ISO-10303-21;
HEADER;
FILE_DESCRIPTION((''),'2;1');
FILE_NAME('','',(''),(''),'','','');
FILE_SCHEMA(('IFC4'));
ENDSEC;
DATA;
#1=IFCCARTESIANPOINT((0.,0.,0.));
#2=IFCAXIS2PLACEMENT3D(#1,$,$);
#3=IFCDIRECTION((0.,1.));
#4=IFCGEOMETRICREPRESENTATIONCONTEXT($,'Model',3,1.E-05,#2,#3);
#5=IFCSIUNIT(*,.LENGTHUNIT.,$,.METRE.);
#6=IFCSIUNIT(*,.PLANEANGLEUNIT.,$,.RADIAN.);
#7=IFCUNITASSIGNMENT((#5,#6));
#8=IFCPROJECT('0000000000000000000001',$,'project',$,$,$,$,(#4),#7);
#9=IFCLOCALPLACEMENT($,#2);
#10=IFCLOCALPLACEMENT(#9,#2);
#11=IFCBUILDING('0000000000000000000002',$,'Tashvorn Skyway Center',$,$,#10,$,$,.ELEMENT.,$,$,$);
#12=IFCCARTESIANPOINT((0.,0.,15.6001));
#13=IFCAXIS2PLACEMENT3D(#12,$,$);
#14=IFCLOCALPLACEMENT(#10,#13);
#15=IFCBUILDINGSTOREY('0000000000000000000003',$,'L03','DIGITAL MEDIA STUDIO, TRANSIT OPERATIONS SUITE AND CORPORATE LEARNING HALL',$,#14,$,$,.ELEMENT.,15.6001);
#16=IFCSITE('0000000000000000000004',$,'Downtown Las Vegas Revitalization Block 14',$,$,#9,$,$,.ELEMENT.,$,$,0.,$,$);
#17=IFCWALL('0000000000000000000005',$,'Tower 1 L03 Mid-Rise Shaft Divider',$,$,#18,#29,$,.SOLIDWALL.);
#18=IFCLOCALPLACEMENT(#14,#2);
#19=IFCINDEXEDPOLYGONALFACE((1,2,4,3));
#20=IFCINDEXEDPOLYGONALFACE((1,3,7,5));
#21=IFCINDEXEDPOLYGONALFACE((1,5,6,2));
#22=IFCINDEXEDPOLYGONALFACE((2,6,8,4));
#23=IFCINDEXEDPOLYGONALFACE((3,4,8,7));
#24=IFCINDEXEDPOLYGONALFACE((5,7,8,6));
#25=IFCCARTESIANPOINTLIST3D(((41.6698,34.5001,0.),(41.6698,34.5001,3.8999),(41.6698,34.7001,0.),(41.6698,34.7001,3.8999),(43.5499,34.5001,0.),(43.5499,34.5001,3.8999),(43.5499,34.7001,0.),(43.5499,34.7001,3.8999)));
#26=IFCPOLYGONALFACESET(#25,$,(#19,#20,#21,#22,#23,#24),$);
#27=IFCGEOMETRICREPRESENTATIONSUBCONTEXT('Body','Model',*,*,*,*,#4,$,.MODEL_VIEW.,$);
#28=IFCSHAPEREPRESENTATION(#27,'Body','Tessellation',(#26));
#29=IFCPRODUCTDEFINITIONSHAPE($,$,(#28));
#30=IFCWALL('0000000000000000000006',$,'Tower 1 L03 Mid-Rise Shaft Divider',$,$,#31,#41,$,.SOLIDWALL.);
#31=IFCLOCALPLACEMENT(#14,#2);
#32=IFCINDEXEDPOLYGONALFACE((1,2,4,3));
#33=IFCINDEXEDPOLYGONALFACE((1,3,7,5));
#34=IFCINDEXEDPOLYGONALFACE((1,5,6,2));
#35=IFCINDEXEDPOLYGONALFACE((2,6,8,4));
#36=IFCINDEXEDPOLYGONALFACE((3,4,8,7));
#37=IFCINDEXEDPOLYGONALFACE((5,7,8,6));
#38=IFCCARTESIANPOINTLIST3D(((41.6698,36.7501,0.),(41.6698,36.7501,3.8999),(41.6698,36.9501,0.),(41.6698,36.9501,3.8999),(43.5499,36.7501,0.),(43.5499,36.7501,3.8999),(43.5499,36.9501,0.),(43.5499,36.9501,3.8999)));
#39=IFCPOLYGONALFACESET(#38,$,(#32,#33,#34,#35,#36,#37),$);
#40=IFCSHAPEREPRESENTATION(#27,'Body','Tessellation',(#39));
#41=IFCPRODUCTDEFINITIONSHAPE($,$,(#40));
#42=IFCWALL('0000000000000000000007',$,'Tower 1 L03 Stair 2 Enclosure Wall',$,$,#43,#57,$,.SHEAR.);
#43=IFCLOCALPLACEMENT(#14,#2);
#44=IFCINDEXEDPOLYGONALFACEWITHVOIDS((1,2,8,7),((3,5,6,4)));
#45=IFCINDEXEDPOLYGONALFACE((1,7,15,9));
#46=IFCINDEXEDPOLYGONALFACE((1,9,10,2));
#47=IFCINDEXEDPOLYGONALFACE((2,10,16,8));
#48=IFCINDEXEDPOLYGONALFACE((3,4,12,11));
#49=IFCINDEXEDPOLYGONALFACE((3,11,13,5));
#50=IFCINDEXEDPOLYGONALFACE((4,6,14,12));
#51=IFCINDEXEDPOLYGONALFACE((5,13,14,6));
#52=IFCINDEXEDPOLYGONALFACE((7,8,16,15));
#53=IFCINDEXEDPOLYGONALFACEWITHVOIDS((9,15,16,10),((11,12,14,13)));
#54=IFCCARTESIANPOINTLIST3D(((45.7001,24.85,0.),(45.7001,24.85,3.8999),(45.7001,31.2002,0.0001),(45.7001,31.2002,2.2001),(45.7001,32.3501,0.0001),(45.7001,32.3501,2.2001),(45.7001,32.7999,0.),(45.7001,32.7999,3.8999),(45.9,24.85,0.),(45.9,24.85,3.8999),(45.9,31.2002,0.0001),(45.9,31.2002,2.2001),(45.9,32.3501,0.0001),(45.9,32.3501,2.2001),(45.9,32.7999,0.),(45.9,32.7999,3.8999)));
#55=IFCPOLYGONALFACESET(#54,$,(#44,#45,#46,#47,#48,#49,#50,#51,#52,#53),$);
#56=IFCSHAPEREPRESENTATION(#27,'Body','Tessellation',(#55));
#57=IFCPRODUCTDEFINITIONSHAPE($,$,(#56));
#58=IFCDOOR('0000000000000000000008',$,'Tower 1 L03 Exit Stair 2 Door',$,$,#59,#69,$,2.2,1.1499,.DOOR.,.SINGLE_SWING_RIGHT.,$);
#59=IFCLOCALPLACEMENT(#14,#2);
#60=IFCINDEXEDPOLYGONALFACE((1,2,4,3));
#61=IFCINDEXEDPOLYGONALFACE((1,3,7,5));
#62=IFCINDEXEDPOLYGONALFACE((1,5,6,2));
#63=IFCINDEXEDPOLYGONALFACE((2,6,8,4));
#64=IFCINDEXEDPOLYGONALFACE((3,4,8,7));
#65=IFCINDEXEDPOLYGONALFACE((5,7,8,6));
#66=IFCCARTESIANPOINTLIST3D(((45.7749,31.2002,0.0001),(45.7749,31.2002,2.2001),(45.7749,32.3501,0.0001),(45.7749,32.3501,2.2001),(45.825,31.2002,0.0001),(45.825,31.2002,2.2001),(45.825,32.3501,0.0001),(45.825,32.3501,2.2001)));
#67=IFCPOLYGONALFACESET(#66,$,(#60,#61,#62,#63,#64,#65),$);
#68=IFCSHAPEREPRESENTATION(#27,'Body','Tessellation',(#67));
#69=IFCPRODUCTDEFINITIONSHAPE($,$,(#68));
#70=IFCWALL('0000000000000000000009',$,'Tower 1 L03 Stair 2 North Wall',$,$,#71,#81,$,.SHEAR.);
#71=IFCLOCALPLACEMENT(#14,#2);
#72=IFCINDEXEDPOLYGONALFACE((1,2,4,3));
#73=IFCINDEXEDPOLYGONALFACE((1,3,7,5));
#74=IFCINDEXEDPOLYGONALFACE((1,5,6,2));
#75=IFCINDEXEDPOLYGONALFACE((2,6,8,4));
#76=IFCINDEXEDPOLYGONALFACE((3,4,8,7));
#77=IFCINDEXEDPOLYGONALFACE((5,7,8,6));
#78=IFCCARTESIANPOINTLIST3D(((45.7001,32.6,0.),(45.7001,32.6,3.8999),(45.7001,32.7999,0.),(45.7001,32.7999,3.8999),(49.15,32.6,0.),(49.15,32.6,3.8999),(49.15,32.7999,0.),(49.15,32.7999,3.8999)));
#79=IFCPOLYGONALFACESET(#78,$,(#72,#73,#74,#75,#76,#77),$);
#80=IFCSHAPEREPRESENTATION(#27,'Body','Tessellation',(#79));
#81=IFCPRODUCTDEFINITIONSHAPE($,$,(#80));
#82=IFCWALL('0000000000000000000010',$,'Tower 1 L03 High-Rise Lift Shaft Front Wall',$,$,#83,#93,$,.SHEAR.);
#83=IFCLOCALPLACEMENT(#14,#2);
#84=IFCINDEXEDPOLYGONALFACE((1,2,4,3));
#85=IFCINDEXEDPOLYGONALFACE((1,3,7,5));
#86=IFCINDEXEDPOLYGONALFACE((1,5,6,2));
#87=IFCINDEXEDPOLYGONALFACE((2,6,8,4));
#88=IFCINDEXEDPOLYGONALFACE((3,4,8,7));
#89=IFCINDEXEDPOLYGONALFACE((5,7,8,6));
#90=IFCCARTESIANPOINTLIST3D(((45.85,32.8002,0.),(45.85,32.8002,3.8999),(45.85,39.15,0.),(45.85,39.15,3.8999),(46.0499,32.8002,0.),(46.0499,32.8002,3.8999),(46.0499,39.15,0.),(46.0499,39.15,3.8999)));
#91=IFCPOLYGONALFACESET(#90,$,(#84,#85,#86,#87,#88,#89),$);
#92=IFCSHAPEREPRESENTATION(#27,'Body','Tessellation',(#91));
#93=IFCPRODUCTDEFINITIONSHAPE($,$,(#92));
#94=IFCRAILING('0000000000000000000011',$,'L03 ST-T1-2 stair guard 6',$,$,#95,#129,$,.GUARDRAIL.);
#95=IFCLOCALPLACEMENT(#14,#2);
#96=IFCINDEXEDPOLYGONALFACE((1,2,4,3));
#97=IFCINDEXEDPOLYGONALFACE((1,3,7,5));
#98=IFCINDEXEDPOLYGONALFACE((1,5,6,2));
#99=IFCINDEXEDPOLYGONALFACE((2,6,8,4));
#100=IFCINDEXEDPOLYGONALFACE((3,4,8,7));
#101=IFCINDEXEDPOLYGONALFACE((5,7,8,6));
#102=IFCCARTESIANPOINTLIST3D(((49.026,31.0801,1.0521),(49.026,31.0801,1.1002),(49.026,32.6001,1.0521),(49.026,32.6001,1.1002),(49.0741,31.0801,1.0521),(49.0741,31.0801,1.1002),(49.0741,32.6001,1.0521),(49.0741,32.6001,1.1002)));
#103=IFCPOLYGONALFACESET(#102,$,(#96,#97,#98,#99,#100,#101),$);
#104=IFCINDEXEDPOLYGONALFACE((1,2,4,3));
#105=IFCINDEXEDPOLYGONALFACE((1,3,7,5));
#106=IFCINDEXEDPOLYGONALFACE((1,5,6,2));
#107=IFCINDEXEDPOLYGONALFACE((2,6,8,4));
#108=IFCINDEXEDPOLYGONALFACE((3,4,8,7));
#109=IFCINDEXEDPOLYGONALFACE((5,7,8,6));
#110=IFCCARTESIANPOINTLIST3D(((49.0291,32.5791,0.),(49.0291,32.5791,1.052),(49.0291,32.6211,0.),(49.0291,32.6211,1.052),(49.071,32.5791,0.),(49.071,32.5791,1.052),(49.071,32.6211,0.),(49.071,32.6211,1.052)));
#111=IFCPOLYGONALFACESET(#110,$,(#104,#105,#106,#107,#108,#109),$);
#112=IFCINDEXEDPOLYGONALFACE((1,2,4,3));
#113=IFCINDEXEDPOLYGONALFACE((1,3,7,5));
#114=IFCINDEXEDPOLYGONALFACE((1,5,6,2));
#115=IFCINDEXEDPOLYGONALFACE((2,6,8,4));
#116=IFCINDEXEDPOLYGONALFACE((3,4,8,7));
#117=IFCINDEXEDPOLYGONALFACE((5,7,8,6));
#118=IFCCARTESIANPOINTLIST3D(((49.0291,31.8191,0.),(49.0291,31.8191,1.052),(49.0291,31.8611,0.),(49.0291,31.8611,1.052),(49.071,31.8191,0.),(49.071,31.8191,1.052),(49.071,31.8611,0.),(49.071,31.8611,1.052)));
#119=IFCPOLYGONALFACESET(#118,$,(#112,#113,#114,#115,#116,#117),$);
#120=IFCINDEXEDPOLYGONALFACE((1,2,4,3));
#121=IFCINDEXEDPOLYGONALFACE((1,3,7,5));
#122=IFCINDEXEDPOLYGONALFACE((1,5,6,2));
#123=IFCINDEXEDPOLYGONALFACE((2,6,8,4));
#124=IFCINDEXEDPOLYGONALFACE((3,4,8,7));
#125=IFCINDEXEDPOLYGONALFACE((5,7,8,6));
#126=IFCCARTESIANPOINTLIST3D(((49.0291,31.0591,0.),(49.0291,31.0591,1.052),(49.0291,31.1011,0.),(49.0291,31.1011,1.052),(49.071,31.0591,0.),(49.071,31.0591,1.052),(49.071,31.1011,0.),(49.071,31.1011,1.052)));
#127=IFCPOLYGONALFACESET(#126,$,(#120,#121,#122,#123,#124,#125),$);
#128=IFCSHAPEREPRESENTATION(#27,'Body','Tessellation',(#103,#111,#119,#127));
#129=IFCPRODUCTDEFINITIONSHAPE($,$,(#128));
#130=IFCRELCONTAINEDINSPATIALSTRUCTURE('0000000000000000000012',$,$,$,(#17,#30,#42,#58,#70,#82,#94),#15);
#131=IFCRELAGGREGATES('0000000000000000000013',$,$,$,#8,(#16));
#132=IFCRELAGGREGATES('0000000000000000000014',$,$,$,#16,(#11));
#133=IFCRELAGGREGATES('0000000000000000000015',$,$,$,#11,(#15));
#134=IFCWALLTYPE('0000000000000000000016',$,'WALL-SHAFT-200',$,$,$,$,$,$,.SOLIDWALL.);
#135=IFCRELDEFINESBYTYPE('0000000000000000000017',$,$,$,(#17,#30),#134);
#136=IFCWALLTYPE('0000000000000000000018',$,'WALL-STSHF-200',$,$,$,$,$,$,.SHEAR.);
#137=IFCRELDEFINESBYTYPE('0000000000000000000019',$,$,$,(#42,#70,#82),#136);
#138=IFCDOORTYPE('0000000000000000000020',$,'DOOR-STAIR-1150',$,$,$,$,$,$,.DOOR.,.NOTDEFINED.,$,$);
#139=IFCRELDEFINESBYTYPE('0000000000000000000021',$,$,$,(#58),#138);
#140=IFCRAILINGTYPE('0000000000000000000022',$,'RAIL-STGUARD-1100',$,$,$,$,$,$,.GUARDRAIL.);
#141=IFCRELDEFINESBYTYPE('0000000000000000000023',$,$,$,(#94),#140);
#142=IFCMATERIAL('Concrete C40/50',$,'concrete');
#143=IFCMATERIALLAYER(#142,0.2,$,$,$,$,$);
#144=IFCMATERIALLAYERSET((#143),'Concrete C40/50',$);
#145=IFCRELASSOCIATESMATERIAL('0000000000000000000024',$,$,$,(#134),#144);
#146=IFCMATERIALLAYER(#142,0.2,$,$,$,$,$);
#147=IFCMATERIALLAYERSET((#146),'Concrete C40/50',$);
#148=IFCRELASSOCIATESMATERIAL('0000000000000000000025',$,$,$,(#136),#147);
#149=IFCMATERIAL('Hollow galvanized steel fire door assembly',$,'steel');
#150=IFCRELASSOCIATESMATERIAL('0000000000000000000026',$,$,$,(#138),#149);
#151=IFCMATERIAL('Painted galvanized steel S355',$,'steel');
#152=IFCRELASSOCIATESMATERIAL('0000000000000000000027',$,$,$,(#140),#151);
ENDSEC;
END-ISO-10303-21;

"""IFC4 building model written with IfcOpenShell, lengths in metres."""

from ifc_helpers import new_model, si_unit, direction, frame, frame_2d, origin, origin_2d, place, context, subcontext, project, spatial, rectangle, extrude, material, layer, layer_set, type_object, element, fill, save


model = new_model("IFC4")

# Units and contexts
model_context = context("Model", 3, precision=1e-05, world=origin(), true_north=direction((0.0, 1.0)))
body_context = subcontext(model_context, "Body", "Model", "MODEL_VIEW")
ifc_project = project(units=[si_unit("LENGTHUNIT", "METRE"), si_unit("PLANEANGLEUNIT", "RADIAN")], contexts=[model_context])

# Site, building, storey
site_placement = place(None, origin())
site = spatial("IfcSite", under=ifc_project, at=site_placement, Name="Downtown Las Vegas Revitalization Block 14", CompositionType="ELEMENT", RefElevation=0.0)
building_placement = place(site_placement, origin())
building = spatial("IfcBuilding", under=site, at=building_placement, Name="Tashvorn Skyway Center", CompositionType="ELEMENT")
storey_placement = place(building_placement, frame((0.0, 0.0, 15.6001)))
storey = spatial("IfcBuildingStorey", under=building, at=storey_placement, Name="L03", Description="DIGITAL MEDIA STUDIO, TRANSIT OPERATIONS SUITE AND CORPORATE LEARNING HALL", CompositionType="ELEMENT", Elevation=15.6001)

# Shared definitions
ifc_material_1 = material(Name="Hollow galvanized steel fire door assembly", Category="steel")

# Walls
ifc_material_2 = material(Name="Concrete C40/50", Category="concrete")
ifc_layer_1 = layer(ifc_material_2, 0.2)
ifc_layer_set_1 = layer_set([ifc_layer_1], Name="Concrete C40/50")
wall_type_1 = type_object("IfcWallType", Name="WALL-SHAFT-200", PredefinedType="SOLIDWALL", material=ifc_layer_set_1)
for number, where, z_axis, x_axis, name in (
    (1, (41.6699, 34.6001, 0.0), (0.0, 0.0, 1.0), (1.0, 0.0, 0.0), "Tower 1 L03 Mid-Rise Shaft Divider"),
    (2, (41.6699, 36.8501, 0.0), (0.0, 0.0, 1.0), (1.0, 0.0, 0.0), "Tower 1 L03 Mid-Rise Shaft Divider"),
):
    element("IfcWall", number, at=place(storey_placement, frame(where, z_axis=z_axis, x_axis=x_axis)), inside=storey, type_object=wall_type_1, Name=name, PredefinedType="SOLIDWALL", context=body_context, shape_type="SweptSolid", body=[
        extrude(rectangle(XDim=1.8801, YDim=0.2, at=frame_2d((0.9399, 0.0))), origin(), (0.0, 0.0, 1.0), 3.8999),
    ])

# Wall, opening, door
ifc_layer_2 = layer(ifc_material_2, 0.2)
ifc_layer_set_2 = layer_set([ifc_layer_2], Name="Concrete C40/50")
wall_type_2 = type_object("IfcWallType", Name="WALL-STSHF-200", PredefinedType="SHEAR", material=ifc_layer_set_2)
wall_1_placement = place(storey_placement, frame((45.8, 32.8, 0.0), z_axis=(0.0, 0.0, 1.0), x_axis=(0.0, -1.0, 0.0)))
wall_1 = element("IfcWall", 3, at=wall_1_placement, inside=storey, type_object=wall_type_2, Name="Tower 1 L03 Stair 2 Enclosure Wall", PredefinedType="SHEAR", context=body_context, shape_type="SweptSolid", body=[
    extrude(rectangle(XDim=7.95, YDim=0.2, at=frame_2d((3.9751, 0.0))), origin(), (0.0, 0.0, 1.0), 3.8999),
])
opening_1_placement = place(wall_1_placement, frame((0.45, 0.0, 0.0)))
opening_1 = element("IfcOpeningElement", 4, at=opening_1_placement, cuts=wall_1, PredefinedType="OPENING", context=body_context, shape_type="SweptSolid", body=[
    extrude(rectangle(XDim=1.1499, YDim=2.2, at=frame_2d((0.575, 1.1001))), frame((0.0, 0.1099, 0.0), z_axis=(0.0, -1.0, 0.0), x_axis=(1.0, 0.0, 0.0)), (0.0, 0.0, 1.0), 0.22),
])
door_type_1 = type_object("IfcDoorType", Name="DOOR-STAIR-1150", OperationType="NOTDEFINED", PredefinedType="DOOR", material=ifc_material_1)
door_1_placement = place(opening_1_placement, origin())
door_1 = element("IfcDoor", 5, at=door_1_placement, inside=storey, type_object=door_type_1, Name="Tower 1 L03 Exit Stair 2 Door", OperationType="SINGLE_SWING_RIGHT", OverallHeight=2.2, OverallWidth=1.1499, PredefinedType="DOOR", context=body_context, shape_type="SweptSolid", body=[
    extrude(rectangle(XDim=1.1499, YDim=2.2, at=frame_2d((0.575, 1.1001))), frame((0.0, 0.0249, 0.0), z_axis=(0.0, -1.0, 0.0), x_axis=(1.0, 0.0, 0.0)), (0.0, 0.0, 1.0), 0.05),
])
fill(opening_1, door_1)

# Walls
wall_2_placement = place(storey_placement, frame((45.7, 32.7, 0.0), z_axis=(0.0, 0.0, 1.0), x_axis=(1.0, 0.0, 0.0)))
element("IfcWall", 6, at=wall_2_placement, inside=storey, type_object=wall_type_2, Name="Tower 1 L03 Stair 2 North Wall", PredefinedType="SHEAR", context=body_context, shape_type="SweptSolid", body=[
    extrude(rectangle(XDim=3.45, YDim=0.2, at=frame_2d((1.7251, 0.0))), origin(), (0.0, 0.0, 1.0), 3.8999),
])
wall_3_placement = place(storey_placement, frame((45.95, 39.1499, 0.0), z_axis=(0.0, 0.0, 1.0), x_axis=(0.0, -1.0, 0.0)))
element("IfcWall", 7, at=wall_3_placement, inside=storey, type_object=wall_type_2, Name="Tower 1 L03 High-Rise Lift Shaft Front Wall", PredefinedType="SHEAR", context=body_context, shape_type="SweptSolid", body=[
    extrude(rectangle(XDim=6.3499, YDim=0.2, at=frame_2d((3.1748, 0.0))), origin(), (0.0, 0.0, 1.0), 3.8999),
])

# Railing
ifc_material_3 = material(Name="Painted galvanized steel S355", Category="steel")
railing_type = type_object("IfcRailingType", Name="RAIL-STGUARD-1100", PredefinedType="GUARDRAIL", material=ifc_material_3)
railing_placement = place(storey_placement, frame((49.05, 32.6001, 0.0)))
element("IfcRailing", 8, at=railing_placement, inside=storey, type_object=railing_type, Name="L03 ST-T1-2 stair guard 6", PredefinedType="GUARDRAIL", context=body_context, shape_type="SweptSolid", body=[
    extrude(rectangle(XDim=0.0481, YDim=0.0481, at=origin_2d()), frame((0.0, 0.0, 1.0762), z_axis=(0.0, -1.0, 0.0), x_axis=(1.0, 0.0, 0.0)), (0.0, 0.0, 1.0), 1.52),
    extrude(rectangle(XDim=0.042, YDim=0.042, at=origin_2d()), origin(), (0.0, 0.0, 1.0), 1.052),
    extrude(rectangle(XDim=0.042, YDim=0.042, at=origin_2d()), frame((0.0, -0.76, 0.0)), (0.0, 0.0, 1.0), 1.052),
    extrude(rectangle(XDim=0.042, YDim=0.042, at=origin_2d()), frame((0.0, -1.52, 0.0)), (0.0, 0.0, 1.0), 1.052),
])

save(model, "model.ifc")
